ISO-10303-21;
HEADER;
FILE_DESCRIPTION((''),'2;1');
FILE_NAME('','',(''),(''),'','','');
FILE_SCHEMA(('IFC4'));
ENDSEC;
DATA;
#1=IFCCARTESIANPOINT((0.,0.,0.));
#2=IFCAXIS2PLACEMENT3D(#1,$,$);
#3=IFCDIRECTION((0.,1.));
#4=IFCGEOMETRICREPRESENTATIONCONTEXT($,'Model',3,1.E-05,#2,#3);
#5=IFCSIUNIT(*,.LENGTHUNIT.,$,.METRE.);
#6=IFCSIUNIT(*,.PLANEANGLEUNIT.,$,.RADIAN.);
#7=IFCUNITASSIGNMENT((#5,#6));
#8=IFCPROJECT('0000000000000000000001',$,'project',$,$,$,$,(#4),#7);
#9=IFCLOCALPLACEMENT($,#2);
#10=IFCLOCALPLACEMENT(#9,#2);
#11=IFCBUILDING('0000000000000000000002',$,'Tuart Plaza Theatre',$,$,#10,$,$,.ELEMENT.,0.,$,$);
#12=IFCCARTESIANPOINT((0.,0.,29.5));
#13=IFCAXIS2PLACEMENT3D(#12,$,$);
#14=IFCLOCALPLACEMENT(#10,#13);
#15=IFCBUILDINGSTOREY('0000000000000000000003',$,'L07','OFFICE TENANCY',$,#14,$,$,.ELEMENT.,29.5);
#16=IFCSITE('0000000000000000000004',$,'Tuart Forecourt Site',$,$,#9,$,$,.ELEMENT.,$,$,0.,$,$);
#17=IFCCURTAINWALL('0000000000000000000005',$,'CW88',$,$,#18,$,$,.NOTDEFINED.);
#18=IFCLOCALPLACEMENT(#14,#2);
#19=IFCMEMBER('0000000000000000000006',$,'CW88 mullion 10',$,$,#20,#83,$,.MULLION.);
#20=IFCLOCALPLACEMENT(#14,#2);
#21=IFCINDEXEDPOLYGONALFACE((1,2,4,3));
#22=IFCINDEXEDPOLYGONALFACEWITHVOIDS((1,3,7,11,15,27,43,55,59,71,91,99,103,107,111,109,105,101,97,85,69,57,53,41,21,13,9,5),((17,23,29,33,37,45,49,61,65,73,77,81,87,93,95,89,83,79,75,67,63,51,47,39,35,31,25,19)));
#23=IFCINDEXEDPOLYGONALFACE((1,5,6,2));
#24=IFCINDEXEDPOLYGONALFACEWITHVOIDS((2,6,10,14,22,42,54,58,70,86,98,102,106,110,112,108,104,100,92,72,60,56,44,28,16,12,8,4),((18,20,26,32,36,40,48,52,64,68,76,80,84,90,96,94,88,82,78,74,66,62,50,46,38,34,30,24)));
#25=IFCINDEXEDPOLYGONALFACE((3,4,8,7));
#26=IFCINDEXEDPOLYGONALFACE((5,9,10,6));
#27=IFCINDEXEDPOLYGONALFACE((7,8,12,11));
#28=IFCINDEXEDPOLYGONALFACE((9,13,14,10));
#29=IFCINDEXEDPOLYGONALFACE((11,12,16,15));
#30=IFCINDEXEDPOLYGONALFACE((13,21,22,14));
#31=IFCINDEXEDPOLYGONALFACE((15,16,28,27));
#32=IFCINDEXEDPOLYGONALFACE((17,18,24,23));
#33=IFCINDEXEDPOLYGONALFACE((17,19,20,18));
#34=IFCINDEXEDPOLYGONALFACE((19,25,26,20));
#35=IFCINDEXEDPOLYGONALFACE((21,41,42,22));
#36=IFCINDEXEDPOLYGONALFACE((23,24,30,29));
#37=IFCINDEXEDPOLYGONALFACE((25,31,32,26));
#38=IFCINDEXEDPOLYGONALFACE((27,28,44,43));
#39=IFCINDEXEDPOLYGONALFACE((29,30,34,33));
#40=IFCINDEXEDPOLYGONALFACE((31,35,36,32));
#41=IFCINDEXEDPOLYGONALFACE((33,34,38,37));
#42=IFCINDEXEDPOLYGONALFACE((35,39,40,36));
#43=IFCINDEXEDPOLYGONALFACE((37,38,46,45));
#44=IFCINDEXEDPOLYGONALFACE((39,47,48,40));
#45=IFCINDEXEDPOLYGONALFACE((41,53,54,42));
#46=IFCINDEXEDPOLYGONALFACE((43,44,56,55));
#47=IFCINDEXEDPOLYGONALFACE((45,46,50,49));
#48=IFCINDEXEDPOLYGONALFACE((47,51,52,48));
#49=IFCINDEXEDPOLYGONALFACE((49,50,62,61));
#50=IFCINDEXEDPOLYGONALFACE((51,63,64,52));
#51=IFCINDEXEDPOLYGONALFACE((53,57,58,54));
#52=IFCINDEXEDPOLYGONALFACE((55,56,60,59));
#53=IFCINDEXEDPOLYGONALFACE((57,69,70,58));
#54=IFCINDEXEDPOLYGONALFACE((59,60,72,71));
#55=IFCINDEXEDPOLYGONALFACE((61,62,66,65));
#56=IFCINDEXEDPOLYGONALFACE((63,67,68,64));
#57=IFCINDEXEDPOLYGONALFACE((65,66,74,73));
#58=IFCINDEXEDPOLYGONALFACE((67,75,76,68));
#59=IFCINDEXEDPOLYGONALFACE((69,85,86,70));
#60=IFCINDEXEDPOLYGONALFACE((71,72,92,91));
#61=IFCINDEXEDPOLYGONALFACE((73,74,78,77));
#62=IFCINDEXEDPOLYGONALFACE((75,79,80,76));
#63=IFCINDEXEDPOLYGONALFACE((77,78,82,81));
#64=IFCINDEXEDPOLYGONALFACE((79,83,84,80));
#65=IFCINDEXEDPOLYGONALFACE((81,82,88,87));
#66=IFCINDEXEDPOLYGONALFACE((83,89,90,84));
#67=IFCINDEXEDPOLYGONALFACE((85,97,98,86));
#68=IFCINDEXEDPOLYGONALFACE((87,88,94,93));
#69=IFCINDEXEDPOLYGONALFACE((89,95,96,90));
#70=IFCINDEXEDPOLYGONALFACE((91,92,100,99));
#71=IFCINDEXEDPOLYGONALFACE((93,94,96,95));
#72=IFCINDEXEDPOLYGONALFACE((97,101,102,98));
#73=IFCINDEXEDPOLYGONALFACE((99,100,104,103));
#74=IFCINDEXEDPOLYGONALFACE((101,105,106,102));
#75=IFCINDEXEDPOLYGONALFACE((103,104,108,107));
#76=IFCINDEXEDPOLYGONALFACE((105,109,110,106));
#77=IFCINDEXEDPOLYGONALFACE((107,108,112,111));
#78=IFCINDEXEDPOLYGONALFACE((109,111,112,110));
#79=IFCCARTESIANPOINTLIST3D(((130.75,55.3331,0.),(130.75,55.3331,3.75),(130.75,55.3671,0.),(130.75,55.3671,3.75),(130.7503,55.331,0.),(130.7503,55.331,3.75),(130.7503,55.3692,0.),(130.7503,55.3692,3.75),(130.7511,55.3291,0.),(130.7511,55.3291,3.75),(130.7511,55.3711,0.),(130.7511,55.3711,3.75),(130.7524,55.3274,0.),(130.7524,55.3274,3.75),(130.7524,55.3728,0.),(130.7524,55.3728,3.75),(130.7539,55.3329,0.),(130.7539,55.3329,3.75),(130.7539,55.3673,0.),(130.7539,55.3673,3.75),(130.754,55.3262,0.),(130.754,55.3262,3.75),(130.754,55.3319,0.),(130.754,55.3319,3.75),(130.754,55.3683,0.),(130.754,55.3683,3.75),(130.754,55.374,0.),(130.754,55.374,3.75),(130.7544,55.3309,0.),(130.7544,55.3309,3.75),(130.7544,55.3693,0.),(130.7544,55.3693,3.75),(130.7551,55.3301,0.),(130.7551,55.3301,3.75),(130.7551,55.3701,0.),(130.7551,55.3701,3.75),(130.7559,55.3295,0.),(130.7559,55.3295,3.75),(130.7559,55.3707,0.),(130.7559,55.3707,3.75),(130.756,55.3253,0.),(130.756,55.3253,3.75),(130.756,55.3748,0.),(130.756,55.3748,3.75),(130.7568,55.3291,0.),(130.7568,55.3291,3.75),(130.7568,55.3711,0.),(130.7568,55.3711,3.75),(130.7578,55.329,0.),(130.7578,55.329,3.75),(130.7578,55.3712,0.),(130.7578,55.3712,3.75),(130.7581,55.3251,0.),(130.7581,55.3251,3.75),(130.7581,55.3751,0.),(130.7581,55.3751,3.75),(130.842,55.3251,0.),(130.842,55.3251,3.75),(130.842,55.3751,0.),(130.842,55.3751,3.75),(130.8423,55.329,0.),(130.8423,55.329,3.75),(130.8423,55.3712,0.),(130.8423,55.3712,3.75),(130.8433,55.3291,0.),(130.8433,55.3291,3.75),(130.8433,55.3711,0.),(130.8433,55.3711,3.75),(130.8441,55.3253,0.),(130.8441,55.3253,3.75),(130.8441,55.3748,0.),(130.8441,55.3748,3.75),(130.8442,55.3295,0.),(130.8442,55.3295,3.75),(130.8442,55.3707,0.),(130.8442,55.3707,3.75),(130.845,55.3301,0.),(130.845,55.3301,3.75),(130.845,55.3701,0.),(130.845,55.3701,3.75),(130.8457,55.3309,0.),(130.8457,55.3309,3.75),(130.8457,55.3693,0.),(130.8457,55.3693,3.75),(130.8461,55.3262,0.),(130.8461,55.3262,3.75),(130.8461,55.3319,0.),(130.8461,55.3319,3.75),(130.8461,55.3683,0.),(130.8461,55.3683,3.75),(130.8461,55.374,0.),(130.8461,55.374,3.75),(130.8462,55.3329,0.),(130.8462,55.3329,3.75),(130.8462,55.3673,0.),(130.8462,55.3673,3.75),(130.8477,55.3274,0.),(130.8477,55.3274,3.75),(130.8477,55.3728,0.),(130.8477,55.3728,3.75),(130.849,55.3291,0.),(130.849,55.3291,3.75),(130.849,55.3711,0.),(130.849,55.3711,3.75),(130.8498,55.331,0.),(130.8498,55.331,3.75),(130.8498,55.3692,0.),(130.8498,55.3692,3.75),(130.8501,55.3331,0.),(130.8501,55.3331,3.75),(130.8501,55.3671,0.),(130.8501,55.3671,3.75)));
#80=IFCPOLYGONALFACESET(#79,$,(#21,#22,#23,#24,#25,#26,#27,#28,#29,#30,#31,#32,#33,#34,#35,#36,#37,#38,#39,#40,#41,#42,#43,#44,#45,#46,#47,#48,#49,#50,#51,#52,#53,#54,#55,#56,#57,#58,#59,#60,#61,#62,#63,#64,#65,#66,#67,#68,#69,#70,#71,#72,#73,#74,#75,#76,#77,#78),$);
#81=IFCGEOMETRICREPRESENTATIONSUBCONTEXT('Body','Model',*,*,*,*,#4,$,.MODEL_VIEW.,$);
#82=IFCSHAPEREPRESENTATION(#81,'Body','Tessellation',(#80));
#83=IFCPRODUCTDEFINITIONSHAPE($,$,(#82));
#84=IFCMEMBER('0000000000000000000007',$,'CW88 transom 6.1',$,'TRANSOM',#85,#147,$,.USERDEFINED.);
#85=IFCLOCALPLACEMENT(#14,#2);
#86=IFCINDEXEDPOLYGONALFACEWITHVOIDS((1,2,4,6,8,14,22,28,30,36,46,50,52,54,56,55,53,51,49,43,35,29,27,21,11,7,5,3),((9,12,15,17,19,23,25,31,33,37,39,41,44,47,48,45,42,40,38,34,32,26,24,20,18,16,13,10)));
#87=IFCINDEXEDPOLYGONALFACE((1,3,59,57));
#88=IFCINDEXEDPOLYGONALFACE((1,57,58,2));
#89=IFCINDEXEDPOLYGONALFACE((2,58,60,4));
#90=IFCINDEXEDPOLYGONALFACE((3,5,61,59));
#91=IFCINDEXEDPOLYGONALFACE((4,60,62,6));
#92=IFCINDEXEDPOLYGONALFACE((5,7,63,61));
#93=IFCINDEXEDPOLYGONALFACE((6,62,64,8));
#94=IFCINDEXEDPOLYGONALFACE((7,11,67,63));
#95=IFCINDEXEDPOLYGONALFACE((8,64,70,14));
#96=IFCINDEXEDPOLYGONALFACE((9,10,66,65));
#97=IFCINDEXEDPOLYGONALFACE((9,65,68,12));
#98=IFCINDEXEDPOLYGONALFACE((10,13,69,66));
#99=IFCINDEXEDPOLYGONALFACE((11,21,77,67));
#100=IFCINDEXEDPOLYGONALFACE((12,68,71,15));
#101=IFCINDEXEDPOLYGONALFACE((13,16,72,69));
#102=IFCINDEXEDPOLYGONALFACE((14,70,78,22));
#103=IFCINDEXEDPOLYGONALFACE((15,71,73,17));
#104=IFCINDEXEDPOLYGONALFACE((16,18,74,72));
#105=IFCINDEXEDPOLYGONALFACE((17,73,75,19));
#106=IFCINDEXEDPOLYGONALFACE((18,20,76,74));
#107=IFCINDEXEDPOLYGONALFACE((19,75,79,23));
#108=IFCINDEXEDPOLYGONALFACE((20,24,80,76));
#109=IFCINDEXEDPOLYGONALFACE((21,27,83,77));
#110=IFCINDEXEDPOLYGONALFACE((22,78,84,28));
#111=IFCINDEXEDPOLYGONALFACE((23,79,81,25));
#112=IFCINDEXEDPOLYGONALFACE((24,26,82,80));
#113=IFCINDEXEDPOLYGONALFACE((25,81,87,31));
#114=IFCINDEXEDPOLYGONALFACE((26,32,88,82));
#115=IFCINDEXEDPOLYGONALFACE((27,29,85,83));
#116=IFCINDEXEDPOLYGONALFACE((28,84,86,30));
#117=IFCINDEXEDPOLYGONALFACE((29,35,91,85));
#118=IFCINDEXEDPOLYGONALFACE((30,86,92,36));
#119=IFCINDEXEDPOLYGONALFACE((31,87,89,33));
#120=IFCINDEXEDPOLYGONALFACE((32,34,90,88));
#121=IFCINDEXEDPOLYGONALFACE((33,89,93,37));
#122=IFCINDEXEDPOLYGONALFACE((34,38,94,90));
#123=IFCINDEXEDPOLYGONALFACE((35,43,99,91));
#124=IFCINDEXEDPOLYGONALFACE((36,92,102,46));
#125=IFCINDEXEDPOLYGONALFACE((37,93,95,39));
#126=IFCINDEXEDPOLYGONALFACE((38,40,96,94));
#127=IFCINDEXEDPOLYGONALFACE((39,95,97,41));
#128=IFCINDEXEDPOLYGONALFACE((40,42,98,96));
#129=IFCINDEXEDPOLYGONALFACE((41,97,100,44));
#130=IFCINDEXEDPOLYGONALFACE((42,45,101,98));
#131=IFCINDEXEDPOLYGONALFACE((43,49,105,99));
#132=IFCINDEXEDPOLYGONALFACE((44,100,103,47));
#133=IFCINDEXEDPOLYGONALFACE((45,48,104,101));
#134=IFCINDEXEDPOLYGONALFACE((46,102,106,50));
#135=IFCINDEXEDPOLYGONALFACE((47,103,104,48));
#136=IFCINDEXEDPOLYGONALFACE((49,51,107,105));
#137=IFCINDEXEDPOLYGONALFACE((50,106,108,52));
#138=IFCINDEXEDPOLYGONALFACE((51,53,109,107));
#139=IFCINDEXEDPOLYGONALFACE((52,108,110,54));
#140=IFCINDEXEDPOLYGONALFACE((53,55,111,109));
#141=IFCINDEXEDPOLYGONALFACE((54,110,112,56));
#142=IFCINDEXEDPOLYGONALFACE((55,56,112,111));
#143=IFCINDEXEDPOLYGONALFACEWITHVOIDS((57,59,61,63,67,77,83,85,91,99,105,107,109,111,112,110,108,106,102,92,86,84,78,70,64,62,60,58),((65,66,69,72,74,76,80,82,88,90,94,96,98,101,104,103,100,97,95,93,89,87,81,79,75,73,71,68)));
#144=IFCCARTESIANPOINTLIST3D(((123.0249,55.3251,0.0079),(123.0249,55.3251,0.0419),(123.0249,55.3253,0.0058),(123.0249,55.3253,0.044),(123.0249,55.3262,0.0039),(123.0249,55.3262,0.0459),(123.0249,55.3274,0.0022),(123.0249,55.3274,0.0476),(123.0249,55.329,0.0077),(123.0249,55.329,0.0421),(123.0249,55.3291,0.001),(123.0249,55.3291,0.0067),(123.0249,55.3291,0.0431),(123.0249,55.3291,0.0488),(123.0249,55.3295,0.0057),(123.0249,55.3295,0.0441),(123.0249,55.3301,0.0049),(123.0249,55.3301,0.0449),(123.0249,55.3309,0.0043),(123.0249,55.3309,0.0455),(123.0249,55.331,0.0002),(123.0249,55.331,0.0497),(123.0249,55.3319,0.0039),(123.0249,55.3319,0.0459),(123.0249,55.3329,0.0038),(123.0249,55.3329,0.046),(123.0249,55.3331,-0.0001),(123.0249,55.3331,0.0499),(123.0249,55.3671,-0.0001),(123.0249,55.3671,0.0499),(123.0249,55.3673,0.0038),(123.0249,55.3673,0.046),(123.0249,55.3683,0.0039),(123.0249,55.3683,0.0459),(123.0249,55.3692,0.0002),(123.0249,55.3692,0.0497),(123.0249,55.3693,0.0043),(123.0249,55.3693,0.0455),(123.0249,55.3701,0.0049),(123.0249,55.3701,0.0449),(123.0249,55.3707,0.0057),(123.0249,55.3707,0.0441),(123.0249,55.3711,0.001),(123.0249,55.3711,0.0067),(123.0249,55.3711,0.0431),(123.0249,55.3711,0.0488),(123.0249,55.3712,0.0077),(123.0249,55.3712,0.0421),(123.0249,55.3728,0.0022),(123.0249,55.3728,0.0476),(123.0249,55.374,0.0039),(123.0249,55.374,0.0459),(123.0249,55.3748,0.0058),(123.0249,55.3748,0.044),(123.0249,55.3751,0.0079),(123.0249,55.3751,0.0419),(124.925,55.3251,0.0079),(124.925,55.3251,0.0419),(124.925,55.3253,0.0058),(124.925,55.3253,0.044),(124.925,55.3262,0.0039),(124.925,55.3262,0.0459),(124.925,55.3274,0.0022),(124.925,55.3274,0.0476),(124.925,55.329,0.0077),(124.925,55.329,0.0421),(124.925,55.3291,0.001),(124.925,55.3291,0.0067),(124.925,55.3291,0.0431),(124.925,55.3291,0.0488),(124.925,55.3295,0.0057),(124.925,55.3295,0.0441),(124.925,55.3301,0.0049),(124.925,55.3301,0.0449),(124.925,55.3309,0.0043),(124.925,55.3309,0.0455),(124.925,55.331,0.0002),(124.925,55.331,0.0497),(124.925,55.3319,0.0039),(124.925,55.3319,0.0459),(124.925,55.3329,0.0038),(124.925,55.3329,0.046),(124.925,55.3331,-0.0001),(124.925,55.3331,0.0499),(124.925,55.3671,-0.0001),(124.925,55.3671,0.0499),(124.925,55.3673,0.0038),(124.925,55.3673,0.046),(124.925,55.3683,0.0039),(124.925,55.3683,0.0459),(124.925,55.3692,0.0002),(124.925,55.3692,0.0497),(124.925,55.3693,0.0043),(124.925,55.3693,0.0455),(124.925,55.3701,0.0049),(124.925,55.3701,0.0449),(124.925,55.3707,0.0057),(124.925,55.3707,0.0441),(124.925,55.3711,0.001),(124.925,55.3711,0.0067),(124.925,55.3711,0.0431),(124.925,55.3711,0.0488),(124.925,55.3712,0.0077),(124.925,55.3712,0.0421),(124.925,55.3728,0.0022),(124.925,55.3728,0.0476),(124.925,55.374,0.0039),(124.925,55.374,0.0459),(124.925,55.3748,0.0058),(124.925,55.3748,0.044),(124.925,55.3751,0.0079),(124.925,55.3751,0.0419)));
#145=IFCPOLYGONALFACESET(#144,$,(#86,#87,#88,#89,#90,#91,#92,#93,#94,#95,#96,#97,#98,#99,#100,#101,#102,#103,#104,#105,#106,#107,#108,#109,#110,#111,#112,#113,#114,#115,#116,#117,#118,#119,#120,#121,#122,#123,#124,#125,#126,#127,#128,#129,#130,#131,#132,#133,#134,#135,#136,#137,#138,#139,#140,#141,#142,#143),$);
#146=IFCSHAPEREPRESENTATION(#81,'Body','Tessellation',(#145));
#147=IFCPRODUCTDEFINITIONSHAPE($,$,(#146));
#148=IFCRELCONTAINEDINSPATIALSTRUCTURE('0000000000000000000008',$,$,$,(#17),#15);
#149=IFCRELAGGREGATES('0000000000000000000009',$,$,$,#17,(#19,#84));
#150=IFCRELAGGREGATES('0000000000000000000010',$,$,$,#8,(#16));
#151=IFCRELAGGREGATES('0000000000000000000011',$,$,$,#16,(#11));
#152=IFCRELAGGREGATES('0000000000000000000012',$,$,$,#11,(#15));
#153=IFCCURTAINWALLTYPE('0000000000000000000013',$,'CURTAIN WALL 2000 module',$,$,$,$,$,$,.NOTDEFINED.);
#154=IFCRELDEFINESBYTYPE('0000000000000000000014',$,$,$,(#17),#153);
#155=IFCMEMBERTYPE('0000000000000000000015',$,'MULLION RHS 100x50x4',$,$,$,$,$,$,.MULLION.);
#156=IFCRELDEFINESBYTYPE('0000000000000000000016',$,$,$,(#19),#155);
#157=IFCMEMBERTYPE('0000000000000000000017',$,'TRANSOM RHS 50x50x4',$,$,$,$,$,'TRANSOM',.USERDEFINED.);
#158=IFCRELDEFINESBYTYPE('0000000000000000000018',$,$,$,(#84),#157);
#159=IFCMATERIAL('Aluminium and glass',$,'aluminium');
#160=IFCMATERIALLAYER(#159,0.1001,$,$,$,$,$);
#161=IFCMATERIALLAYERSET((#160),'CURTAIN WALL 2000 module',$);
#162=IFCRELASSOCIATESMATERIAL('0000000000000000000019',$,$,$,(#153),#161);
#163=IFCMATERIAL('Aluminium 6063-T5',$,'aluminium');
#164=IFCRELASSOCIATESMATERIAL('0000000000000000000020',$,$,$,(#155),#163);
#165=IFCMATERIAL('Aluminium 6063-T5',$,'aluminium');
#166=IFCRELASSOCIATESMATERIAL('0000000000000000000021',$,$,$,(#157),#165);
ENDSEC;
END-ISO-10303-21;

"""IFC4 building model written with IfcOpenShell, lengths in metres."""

from ifc_helpers import new_model, si_unit, direction, frame, origin, origin_2d, place, context, subcontext, project, spatial, hollow_rectangle, extrude, material, layer, layer_set, material_profile, profile_set, type_object, element, aggregate, save


model = new_model("IFC4")

# Units and contexts
model_context = context("Model", 3, precision=1e-05, world=origin(), true_north=direction((0.0, 1.0)))
body_context = subcontext(model_context, "Body", "Model", "MODEL_VIEW")
ifc_project = project(units=[si_unit("LENGTHUNIT", "METRE"), si_unit("PLANEANGLEUNIT", "RADIAN")], contexts=[model_context])

# Site, building, storey
site_placement = place(None, origin())
site = spatial("IfcSite", under=ifc_project, at=site_placement, Name="Tuart Forecourt Site", CompositionType="ELEMENT", RefElevation=0.0)
building_placement = place(site_placement, origin())
building = spatial("IfcBuilding", under=site, at=building_placement, Name="Tuart Plaza Theatre", CompositionType="ELEMENT", ElevationOfRefHeight=0.0)
storey_placement = place(building_placement, frame((0.0, 0.0, 29.5)))
storey = spatial("IfcBuildingStorey", under=building, at=storey_placement, Name="L07", Description="OFFICE TENANCY", CompositionType="ELEMENT", Elevation=29.5)

# Curtain wall, members
ifc_material_1 = material(Name="Aluminium and glass", Category="aluminium")
ifc_layer_1 = layer(ifc_material_1, 0.1001)
ifc_layer_set_1 = layer_set([ifc_layer_1], Name="CURTAIN WALL 2000 module")
curtain_wall_type = type_object("IfcCurtainWallType", Name="CURTAIN WALL 2000 module", PredefinedType="NOTDEFINED", material=ifc_layer_set_1)
curtain_wall_placement = place(storey_placement, origin())
curtain_wall = element("IfcCurtainWall", 1, at=curtain_wall_placement, inside=storey, type_object=curtain_wall_type, Name="CW88", PredefinedType="NOTDEFINED")
ifc_material_2 = material(Name="Aluminium 6063-T5", Category="aluminium")
ifc_material_profile_1 = material_profile(ifc_material_2, hollow_rectangle(XDim=0.05, YDim=0.1001, WallThickness=0.0039, InnerFilletRadius=0.0039, OuterFilletRadius=0.0081, at=origin_2d()), Name="RHS 100x50x4")
ifc_profile_set_1 = profile_set([ifc_material_profile_1], Name="Aluminium 6063-T5")
member_type_1 = type_object("IfcMemberType", Name="MULLION RHS 100x50x4", PredefinedType="MULLION", material=ifc_profile_set_1)
member_1_placement = place(storey_placement, frame((130.8, 55.3501, 0.0), z_axis=(0.0, 0.0, 1.0), x_axis=(0.0, 1.0, 0.0)))
member_1 = element("IfcMember", 2, at=member_1_placement, type_object=member_type_1, Name="CW88 mullion 10", PredefinedType="MULLION", context=body_context, shape_type="SweptSolid", body=[
    extrude(hollow_rectangle(XDim=0.05, YDim=0.1001, WallThickness=0.0039, InnerFilletRadius=0.0039, OuterFilletRadius=0.0081, at=origin_2d()), origin(), (0.0, 0.0, 1.0), 3.75),
])
ifc_material_3 = material(Name="Aluminium 6063-T5", Category="aluminium")
ifc_material_profile_2 = material_profile(ifc_material_3, hollow_rectangle(XDim=0.05, YDim=0.05, WallThickness=0.0039, InnerFilletRadius=0.0039, OuterFilletRadius=0.0081, at=origin_2d()), Name="RHS 50x50x4")
ifc_profile_set_2 = profile_set([ifc_material_profile_2], Name="Aluminium 6063-T5")
member_type_2 = type_object("IfcMemberType", Name="TRANSOM RHS 50x50x4", ElementType="TRANSOM", PredefinedType="USERDEFINED", material=ifc_profile_set_2)
member_2_placement = place(storey_placement, frame((123.0249, 55.3501, 0.0249), z_axis=(1.0, 0.0, 0.0), x_axis=(0.0, 1.0, 0.0)))
member_2 = element("IfcMember", 3, at=member_2_placement, type_object=member_type_2, Name="CW88 transom 6.1", ObjectType="TRANSOM", PredefinedType="USERDEFINED", context=body_context, shape_type="SweptSolid", body=[
    extrude(hollow_rectangle(XDim=0.05, YDim=0.05, WallThickness=0.0039, InnerFilletRadius=0.0039, OuterFilletRadius=0.0081, at=origin_2d()), origin(), (0.0, 0.0, 1.0), 1.9001),
])
aggregate(curtain_wall, [member_1, member_2])

save(model, "model.ifc")
